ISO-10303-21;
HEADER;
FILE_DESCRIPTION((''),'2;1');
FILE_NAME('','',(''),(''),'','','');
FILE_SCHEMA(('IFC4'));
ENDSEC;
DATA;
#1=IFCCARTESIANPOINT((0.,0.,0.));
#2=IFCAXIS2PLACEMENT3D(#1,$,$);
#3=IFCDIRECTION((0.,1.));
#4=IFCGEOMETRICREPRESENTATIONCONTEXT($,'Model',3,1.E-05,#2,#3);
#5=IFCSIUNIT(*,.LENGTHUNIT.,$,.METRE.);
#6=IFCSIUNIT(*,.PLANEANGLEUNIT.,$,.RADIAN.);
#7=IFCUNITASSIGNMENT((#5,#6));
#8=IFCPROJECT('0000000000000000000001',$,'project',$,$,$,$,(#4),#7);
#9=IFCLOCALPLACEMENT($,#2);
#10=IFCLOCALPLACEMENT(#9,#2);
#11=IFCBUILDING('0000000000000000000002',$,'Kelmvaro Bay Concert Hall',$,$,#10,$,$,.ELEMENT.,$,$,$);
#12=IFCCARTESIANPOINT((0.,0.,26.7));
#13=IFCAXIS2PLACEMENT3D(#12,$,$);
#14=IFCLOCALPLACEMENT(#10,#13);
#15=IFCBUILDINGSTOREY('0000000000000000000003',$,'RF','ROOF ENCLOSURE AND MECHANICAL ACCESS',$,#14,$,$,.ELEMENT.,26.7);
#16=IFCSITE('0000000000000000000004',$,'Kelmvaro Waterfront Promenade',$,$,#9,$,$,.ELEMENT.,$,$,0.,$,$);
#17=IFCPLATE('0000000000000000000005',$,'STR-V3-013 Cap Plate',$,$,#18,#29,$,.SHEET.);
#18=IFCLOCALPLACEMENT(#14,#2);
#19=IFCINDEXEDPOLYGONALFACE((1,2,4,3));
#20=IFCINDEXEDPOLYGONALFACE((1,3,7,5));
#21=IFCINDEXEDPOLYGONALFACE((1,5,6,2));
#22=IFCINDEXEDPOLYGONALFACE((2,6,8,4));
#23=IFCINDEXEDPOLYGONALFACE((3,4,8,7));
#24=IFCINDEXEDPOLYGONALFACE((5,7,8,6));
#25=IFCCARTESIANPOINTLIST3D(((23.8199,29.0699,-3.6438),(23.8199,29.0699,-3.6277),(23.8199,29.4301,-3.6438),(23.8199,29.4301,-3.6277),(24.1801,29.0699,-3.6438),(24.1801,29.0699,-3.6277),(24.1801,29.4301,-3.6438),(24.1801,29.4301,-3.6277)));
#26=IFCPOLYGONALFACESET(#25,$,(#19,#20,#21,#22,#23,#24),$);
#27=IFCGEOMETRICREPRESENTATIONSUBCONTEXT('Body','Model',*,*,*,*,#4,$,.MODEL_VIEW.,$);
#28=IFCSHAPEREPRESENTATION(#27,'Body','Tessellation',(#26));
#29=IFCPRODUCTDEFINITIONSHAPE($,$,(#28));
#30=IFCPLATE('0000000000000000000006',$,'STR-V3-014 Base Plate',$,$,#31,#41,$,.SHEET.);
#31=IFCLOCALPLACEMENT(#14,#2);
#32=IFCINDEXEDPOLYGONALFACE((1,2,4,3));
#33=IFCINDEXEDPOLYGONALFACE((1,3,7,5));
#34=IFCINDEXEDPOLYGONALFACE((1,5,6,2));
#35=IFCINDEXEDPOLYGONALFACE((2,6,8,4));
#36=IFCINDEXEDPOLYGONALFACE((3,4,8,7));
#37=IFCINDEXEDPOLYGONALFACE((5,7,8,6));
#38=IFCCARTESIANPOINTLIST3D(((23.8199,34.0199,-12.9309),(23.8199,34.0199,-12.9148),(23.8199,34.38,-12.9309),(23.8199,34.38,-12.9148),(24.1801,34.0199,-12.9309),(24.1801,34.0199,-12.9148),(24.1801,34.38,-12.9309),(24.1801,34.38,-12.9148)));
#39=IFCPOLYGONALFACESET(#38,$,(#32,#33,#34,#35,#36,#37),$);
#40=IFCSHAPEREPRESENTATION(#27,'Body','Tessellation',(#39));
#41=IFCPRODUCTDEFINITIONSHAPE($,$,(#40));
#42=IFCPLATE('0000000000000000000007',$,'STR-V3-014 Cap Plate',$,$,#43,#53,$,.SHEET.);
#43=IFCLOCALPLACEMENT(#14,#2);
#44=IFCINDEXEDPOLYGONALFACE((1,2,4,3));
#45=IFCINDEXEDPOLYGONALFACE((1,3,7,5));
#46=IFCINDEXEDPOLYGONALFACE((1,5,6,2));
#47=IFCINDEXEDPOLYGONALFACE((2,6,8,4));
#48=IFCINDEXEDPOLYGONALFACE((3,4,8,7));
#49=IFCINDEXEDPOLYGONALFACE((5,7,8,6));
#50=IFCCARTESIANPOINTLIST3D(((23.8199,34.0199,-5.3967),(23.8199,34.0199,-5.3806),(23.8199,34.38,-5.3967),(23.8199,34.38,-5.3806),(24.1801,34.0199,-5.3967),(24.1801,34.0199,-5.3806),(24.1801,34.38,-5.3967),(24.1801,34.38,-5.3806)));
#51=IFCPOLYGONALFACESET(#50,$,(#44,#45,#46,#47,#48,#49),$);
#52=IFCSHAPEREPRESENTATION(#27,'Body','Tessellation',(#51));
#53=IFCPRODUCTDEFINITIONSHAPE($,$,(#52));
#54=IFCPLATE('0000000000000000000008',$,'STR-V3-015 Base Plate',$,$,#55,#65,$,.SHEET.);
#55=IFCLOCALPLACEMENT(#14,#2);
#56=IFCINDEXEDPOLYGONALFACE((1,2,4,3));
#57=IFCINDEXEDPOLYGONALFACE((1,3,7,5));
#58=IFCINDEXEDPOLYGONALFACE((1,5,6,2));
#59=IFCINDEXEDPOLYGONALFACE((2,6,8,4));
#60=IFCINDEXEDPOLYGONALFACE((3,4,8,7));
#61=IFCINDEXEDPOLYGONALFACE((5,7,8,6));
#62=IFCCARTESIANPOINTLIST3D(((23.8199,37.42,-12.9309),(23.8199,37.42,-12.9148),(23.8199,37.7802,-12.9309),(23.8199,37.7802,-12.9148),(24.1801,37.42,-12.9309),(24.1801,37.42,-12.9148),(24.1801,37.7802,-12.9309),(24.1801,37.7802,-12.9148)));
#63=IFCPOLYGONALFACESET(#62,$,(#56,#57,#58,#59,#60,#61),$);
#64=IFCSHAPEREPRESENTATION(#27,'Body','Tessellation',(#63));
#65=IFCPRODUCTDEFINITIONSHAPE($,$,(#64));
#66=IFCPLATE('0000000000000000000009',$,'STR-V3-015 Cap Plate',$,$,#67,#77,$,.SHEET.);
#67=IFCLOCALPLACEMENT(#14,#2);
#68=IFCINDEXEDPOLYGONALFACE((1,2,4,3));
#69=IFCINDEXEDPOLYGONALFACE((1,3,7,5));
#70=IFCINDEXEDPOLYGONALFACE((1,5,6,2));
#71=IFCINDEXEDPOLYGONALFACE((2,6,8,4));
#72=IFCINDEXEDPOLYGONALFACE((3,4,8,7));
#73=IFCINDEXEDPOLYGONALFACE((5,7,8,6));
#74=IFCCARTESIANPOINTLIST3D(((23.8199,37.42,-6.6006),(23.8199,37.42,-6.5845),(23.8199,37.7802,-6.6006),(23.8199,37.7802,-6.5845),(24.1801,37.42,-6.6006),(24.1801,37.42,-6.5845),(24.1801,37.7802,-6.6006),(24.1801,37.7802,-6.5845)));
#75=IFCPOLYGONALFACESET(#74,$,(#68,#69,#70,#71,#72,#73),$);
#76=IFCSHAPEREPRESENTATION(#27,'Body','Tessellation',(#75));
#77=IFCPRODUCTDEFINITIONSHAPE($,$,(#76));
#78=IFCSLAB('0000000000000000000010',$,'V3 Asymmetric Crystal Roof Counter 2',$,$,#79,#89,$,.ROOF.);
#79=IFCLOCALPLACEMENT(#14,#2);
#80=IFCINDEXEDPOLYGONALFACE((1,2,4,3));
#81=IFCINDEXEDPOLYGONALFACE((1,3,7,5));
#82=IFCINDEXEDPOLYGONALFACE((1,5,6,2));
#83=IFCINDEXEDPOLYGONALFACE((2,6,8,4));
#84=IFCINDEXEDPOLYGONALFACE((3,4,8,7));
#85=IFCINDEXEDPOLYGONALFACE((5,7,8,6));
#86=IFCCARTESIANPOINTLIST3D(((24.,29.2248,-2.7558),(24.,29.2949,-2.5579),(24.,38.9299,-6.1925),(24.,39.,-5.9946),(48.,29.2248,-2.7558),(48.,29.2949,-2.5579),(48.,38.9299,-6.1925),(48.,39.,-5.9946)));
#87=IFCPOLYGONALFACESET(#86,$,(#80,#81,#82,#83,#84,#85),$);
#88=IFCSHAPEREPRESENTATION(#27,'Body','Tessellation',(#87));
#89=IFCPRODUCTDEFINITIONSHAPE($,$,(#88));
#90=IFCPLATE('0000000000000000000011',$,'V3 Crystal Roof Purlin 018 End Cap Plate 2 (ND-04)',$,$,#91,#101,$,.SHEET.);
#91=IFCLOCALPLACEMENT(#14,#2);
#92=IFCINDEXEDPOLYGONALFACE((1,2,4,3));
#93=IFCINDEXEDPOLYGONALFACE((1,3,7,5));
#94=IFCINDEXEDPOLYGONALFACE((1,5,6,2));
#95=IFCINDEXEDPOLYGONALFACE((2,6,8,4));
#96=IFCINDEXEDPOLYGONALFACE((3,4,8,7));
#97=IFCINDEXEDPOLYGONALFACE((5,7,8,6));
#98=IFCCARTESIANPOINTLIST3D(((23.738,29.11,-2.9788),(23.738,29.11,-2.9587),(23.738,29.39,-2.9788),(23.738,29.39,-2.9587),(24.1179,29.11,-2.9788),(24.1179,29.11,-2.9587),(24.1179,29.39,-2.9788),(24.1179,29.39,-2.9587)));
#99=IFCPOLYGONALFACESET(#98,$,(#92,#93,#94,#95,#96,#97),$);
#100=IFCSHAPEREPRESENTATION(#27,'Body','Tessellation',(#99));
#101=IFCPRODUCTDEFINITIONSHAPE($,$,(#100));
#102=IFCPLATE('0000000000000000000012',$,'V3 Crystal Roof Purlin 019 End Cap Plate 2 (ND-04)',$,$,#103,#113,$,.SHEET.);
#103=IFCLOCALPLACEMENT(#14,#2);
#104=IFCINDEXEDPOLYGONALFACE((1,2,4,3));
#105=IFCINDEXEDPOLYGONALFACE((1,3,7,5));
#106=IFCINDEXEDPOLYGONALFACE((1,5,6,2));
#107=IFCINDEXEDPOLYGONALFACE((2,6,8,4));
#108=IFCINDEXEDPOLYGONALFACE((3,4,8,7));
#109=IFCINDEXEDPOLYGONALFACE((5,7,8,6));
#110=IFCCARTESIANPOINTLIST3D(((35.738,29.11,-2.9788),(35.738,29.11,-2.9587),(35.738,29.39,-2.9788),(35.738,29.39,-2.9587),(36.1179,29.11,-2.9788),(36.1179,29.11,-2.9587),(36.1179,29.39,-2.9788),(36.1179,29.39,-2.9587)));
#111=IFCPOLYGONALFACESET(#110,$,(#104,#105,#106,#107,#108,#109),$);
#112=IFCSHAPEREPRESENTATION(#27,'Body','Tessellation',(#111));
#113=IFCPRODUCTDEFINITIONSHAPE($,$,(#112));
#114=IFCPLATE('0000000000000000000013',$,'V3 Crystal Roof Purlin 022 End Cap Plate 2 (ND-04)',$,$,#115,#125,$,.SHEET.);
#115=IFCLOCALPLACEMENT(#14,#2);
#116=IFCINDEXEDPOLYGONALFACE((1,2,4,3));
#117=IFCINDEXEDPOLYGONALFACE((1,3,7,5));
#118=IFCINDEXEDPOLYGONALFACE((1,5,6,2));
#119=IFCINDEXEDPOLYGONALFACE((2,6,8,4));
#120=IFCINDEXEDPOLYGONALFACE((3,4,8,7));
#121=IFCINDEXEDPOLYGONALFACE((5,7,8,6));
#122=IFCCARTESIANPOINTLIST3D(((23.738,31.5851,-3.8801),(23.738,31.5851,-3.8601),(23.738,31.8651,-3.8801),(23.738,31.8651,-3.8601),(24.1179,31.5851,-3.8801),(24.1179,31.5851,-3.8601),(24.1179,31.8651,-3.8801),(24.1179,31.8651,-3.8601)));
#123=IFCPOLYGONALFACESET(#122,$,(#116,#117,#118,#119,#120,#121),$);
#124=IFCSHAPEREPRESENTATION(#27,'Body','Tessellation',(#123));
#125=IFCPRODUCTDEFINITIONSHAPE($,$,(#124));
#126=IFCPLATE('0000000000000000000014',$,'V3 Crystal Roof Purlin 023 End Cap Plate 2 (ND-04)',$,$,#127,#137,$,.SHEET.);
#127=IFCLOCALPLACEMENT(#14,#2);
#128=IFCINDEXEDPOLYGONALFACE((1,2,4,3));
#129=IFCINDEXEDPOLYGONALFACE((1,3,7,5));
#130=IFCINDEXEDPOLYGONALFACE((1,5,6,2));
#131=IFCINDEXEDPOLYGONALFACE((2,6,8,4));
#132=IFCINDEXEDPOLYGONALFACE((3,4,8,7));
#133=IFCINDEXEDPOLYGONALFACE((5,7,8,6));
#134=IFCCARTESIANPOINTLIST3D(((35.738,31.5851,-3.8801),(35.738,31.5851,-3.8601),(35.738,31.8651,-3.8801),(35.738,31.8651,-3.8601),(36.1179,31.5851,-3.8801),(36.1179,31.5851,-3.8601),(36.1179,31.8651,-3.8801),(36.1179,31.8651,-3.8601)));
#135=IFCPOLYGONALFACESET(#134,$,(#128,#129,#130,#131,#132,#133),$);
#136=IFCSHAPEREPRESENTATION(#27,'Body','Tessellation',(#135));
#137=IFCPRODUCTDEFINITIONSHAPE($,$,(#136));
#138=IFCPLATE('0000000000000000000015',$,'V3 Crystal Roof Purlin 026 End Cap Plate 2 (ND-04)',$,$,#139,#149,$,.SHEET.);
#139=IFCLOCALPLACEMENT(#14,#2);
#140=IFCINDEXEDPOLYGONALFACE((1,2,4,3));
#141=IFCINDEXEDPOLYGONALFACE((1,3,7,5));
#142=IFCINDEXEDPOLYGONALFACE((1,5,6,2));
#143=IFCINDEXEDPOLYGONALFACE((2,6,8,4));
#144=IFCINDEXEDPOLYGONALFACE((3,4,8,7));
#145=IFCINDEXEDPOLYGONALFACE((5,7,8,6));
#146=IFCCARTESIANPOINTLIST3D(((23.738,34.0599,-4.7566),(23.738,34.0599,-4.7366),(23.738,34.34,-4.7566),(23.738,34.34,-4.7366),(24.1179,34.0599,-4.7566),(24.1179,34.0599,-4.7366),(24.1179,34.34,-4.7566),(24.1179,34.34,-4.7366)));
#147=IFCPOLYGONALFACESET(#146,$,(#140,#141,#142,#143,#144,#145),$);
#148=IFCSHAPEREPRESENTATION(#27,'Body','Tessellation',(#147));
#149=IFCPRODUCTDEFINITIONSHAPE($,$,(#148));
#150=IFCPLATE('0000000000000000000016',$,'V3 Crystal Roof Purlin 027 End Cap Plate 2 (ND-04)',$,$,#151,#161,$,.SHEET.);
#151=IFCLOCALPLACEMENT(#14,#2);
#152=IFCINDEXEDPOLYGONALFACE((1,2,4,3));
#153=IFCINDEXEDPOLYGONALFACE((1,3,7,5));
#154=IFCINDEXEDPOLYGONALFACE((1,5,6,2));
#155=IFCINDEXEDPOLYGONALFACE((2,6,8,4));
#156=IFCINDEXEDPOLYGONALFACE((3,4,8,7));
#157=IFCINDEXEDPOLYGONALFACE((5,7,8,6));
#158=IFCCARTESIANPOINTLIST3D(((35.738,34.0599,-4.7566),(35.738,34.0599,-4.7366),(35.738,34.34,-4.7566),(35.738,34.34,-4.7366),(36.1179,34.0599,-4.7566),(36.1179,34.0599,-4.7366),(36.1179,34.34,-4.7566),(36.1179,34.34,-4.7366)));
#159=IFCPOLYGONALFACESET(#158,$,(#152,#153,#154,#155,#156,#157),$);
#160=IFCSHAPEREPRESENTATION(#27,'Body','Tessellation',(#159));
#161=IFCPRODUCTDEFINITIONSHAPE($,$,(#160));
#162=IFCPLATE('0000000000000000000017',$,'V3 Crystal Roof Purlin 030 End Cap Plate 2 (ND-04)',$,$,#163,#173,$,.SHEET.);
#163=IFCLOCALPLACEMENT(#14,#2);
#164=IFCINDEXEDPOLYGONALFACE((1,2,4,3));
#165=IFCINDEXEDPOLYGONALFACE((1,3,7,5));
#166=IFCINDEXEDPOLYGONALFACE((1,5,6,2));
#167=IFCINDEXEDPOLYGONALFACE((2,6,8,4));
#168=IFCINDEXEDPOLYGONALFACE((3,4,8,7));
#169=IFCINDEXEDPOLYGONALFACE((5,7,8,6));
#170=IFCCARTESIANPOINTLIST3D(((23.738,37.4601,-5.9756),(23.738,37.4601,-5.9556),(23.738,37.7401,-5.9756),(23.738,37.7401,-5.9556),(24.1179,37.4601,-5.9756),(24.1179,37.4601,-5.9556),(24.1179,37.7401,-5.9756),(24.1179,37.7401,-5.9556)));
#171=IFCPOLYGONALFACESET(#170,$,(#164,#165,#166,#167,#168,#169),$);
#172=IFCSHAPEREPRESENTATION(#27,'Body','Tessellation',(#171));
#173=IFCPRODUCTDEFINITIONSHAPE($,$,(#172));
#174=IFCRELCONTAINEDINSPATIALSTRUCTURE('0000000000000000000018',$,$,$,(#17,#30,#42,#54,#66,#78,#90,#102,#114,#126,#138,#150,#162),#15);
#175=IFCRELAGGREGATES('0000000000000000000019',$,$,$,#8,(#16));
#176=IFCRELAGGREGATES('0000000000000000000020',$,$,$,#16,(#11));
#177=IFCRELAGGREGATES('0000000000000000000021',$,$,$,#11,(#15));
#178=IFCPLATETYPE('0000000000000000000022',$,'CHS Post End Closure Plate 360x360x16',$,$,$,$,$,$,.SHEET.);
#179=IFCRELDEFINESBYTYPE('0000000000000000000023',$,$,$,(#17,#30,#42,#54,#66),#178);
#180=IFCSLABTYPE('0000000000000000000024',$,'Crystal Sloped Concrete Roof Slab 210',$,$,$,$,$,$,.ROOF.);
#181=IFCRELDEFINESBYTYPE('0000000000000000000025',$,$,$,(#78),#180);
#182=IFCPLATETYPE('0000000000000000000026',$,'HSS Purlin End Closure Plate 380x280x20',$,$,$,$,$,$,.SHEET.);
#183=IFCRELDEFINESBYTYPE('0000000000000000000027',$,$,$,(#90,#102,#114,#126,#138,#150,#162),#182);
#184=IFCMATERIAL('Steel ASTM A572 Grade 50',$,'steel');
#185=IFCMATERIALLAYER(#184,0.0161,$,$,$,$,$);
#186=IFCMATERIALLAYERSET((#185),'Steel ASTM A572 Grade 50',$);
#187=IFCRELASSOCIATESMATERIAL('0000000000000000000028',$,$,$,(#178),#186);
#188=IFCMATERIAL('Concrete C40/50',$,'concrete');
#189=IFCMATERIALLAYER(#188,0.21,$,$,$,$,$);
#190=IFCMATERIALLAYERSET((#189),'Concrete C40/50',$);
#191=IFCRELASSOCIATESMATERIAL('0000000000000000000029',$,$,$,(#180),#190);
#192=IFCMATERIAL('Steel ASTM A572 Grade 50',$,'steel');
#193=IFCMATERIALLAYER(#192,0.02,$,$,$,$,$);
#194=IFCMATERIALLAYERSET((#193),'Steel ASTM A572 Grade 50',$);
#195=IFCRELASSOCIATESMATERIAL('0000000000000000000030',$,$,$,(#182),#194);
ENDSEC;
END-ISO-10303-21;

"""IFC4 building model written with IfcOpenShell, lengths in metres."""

from ifc_helpers import new_model, si_unit, direction, frame, origin, origin_2d, place, context, subcontext, project, spatial, polyline, rectangle, outline, extrude, material, layer, layer_set, type_object, element, save


model = new_model("IFC4")

# Units and contexts
model_context = context("Model", 3, precision=1e-05, world=origin(), true_north=direction((0.0, 1.0)))
body_context = subcontext(model_context, "Body", "Model", "MODEL_VIEW")
ifc_project = project(units=[si_unit("LENGTHUNIT", "METRE"), si_unit("PLANEANGLEUNIT", "RADIAN")], contexts=[model_context])

# Site, building, storey
site_placement = place(None, origin())
site = spatial("IfcSite", under=ifc_project, at=site_placement, Name="Kelmvaro Waterfront Promenade", CompositionType="ELEMENT", RefElevation=0.0)
building_placement = place(site_placement, origin())
building = spatial("IfcBuilding", under=site, at=building_placement, Name="Kelmvaro Bay Concert Hall", CompositionType="ELEMENT")
storey_placement = place(building_placement, frame((0.0, 0.0, 26.7)))
storey = spatial("IfcBuildingStorey", under=building, at=storey_placement, Name="RF", Description="ROOF ENCLOSURE AND MECHANICAL ACCESS", CompositionType="ELEMENT", Elevation=26.7)

# Plates
ifc_material_1 = material(Name="Steel ASTM A572 Grade 50", Category="steel")
ifc_layer_1 = layer(ifc_material_1, 0.0161)
ifc_layer_set_1 = layer_set([ifc_layer_1], Name="Steel ASTM A572 Grade 50")
plate_type_1 = type_object("IfcPlateType", Name="CHS Post End Closure Plate 360x360x16", PredefinedType="SHEET", material=ifc_layer_set_1)
for number, where, z_axis, x_axis, name in (
    (1, (24.0, 29.25, -3.6438), (0.0, 0.0, 1.0), (1.0, 0.0, 0.0), "STR-V3-013 Cap Plate"),
    (2, (24.0, 34.2, -12.9309), (0.0, 0.0, 1.0), (1.0, 0.0, 0.0), "STR-V3-014 Base Plate"),
    (3, (24.0, 34.2, -5.3967), (0.0, 0.0, 1.0), (1.0, 0.0, 0.0), "STR-V3-014 Cap Plate"),
    (4, (24.0, 37.6001, -12.9309), (0.0, 0.0, 1.0), (1.0, 0.0, 0.0), "STR-V3-015 Base Plate"),
    (5, (24.0, 37.6001, -6.6006), (0.0, 0.0, 1.0), (1.0, 0.0, 0.0), "STR-V3-015 Cap Plate"),
):
    element("IfcPlate", number, at=place(storey_placement, frame(where, z_axis=z_axis, x_axis=x_axis)), inside=storey, type_object=plate_type_1, Name=name, PredefinedType="SHEET", context=body_context, shape_type="SweptSolid", body=[
        extrude(rectangle(XDim=0.3601, YDim=0.3601, at=origin_2d()), origin(), (0.0, 0.0, 1.0), 0.0161),
    ])

# Slab
ifc_material_2 = material(Name="Concrete C40/50", Category="concrete")
ifc_layer_2 = layer(ifc_material_2, 0.21)
ifc_layer_set_2 = layer_set([ifc_layer_2], Name="Concrete C40/50")
slab_type = type_object("IfcSlabType", Name="Crystal Sloped Concrete Roof Slab 210", PredefinedType="ROOF", material=ifc_layer_set_2)
slab_placement = place(storey_placement, frame((24.0, 29.2949, -2.5579), z_axis=(0.0, 0.333809, 0.942641), x_axis=(1.0, 0.0, 0.0)))
element("IfcSlab", 6, at=slab_placement, inside=storey, type_object=slab_type, Name="V3 Asymmetric Crystal Roof Counter 2", PredefinedType="ROOF", context=body_context, shape_type="SweptSolid", body=[
    extrude(outline(polyline([(0.0, 0.0), (24.0, 0.0), (24.0, 10.2956), (0.0, 10.2956), (0.0, 0.0)])), origin(), (0.0, 0.0, -1.0), 0.21),
])

# Plates
ifc_material_3 = material(Name="Steel ASTM A572 Grade 50", Category="steel")
ifc_layer_3 = layer(ifc_material_3, 0.02)
ifc_layer_set_3 = layer_set([ifc_layer_3], Name="Steel ASTM A572 Grade 50")
plate_type_2 = type_object("IfcPlateType", Name="HSS Purlin End Closure Plate 380x280x20", PredefinedType="SHEET", material=ifc_layer_set_3)
for number, where, z_axis, x_axis, name in (
    (7, (23.928, 29.25, -2.9788), (0.0, 0.0, 1.0), (1.0, 0.0, 0.0), "V3 Crystal Roof Purlin 018 End Cap Plate 2 (ND-04)"),
    (8, (35.928, 29.25, -2.9788), (0.0, 0.0, 1.0), (1.0, 0.0, 0.0), "V3 Crystal Roof Purlin 019 End Cap Plate 2 (ND-04)"),
    (9, (23.928, 31.7251, -3.8801), (0.0, 0.0, 1.0), (1.0, 0.0, 0.0), "V3 Crystal Roof Purlin 022 End Cap Plate 2 (ND-04)"),
    (10, (35.928, 31.7251, -3.8801), (0.0, 0.0, 1.0), (1.0, 0.0, 0.0), "V3 Crystal Roof Purlin 023 End Cap Plate 2 (ND-04)"),
    (11, (23.928, 34.2, -4.7566), (0.0, 0.0, 1.0), (1.0, 0.0, 0.0), "V3 Crystal Roof Purlin 026 End Cap Plate 2 (ND-04)"),
    (12, (35.928, 34.2, -4.7566), (0.0, 0.0, 1.0), (1.0, 0.0, 0.0), "V3 Crystal Roof Purlin 027 End Cap Plate 2 (ND-04)"),
    (13, (23.928, 37.6001, -5.9756), (0.0, 0.0, 1.0), (1.0, 0.0, 0.0), "V3 Crystal Roof Purlin 030 End Cap Plate 2 (ND-04)"),
):
    element("IfcPlate", number, at=place(storey_placement, frame(where, z_axis=z_axis, x_axis=x_axis)), inside=storey, type_object=plate_type_2, Name=name, PredefinedType="SHEET", context=body_context, shape_type="SweptSolid", body=[
        extrude(rectangle(XDim=0.3799, YDim=0.28, at=origin_2d()), origin(), (0.0, 0.0, 1.0), 0.02),
    ])

save(model, "model.ifc")
